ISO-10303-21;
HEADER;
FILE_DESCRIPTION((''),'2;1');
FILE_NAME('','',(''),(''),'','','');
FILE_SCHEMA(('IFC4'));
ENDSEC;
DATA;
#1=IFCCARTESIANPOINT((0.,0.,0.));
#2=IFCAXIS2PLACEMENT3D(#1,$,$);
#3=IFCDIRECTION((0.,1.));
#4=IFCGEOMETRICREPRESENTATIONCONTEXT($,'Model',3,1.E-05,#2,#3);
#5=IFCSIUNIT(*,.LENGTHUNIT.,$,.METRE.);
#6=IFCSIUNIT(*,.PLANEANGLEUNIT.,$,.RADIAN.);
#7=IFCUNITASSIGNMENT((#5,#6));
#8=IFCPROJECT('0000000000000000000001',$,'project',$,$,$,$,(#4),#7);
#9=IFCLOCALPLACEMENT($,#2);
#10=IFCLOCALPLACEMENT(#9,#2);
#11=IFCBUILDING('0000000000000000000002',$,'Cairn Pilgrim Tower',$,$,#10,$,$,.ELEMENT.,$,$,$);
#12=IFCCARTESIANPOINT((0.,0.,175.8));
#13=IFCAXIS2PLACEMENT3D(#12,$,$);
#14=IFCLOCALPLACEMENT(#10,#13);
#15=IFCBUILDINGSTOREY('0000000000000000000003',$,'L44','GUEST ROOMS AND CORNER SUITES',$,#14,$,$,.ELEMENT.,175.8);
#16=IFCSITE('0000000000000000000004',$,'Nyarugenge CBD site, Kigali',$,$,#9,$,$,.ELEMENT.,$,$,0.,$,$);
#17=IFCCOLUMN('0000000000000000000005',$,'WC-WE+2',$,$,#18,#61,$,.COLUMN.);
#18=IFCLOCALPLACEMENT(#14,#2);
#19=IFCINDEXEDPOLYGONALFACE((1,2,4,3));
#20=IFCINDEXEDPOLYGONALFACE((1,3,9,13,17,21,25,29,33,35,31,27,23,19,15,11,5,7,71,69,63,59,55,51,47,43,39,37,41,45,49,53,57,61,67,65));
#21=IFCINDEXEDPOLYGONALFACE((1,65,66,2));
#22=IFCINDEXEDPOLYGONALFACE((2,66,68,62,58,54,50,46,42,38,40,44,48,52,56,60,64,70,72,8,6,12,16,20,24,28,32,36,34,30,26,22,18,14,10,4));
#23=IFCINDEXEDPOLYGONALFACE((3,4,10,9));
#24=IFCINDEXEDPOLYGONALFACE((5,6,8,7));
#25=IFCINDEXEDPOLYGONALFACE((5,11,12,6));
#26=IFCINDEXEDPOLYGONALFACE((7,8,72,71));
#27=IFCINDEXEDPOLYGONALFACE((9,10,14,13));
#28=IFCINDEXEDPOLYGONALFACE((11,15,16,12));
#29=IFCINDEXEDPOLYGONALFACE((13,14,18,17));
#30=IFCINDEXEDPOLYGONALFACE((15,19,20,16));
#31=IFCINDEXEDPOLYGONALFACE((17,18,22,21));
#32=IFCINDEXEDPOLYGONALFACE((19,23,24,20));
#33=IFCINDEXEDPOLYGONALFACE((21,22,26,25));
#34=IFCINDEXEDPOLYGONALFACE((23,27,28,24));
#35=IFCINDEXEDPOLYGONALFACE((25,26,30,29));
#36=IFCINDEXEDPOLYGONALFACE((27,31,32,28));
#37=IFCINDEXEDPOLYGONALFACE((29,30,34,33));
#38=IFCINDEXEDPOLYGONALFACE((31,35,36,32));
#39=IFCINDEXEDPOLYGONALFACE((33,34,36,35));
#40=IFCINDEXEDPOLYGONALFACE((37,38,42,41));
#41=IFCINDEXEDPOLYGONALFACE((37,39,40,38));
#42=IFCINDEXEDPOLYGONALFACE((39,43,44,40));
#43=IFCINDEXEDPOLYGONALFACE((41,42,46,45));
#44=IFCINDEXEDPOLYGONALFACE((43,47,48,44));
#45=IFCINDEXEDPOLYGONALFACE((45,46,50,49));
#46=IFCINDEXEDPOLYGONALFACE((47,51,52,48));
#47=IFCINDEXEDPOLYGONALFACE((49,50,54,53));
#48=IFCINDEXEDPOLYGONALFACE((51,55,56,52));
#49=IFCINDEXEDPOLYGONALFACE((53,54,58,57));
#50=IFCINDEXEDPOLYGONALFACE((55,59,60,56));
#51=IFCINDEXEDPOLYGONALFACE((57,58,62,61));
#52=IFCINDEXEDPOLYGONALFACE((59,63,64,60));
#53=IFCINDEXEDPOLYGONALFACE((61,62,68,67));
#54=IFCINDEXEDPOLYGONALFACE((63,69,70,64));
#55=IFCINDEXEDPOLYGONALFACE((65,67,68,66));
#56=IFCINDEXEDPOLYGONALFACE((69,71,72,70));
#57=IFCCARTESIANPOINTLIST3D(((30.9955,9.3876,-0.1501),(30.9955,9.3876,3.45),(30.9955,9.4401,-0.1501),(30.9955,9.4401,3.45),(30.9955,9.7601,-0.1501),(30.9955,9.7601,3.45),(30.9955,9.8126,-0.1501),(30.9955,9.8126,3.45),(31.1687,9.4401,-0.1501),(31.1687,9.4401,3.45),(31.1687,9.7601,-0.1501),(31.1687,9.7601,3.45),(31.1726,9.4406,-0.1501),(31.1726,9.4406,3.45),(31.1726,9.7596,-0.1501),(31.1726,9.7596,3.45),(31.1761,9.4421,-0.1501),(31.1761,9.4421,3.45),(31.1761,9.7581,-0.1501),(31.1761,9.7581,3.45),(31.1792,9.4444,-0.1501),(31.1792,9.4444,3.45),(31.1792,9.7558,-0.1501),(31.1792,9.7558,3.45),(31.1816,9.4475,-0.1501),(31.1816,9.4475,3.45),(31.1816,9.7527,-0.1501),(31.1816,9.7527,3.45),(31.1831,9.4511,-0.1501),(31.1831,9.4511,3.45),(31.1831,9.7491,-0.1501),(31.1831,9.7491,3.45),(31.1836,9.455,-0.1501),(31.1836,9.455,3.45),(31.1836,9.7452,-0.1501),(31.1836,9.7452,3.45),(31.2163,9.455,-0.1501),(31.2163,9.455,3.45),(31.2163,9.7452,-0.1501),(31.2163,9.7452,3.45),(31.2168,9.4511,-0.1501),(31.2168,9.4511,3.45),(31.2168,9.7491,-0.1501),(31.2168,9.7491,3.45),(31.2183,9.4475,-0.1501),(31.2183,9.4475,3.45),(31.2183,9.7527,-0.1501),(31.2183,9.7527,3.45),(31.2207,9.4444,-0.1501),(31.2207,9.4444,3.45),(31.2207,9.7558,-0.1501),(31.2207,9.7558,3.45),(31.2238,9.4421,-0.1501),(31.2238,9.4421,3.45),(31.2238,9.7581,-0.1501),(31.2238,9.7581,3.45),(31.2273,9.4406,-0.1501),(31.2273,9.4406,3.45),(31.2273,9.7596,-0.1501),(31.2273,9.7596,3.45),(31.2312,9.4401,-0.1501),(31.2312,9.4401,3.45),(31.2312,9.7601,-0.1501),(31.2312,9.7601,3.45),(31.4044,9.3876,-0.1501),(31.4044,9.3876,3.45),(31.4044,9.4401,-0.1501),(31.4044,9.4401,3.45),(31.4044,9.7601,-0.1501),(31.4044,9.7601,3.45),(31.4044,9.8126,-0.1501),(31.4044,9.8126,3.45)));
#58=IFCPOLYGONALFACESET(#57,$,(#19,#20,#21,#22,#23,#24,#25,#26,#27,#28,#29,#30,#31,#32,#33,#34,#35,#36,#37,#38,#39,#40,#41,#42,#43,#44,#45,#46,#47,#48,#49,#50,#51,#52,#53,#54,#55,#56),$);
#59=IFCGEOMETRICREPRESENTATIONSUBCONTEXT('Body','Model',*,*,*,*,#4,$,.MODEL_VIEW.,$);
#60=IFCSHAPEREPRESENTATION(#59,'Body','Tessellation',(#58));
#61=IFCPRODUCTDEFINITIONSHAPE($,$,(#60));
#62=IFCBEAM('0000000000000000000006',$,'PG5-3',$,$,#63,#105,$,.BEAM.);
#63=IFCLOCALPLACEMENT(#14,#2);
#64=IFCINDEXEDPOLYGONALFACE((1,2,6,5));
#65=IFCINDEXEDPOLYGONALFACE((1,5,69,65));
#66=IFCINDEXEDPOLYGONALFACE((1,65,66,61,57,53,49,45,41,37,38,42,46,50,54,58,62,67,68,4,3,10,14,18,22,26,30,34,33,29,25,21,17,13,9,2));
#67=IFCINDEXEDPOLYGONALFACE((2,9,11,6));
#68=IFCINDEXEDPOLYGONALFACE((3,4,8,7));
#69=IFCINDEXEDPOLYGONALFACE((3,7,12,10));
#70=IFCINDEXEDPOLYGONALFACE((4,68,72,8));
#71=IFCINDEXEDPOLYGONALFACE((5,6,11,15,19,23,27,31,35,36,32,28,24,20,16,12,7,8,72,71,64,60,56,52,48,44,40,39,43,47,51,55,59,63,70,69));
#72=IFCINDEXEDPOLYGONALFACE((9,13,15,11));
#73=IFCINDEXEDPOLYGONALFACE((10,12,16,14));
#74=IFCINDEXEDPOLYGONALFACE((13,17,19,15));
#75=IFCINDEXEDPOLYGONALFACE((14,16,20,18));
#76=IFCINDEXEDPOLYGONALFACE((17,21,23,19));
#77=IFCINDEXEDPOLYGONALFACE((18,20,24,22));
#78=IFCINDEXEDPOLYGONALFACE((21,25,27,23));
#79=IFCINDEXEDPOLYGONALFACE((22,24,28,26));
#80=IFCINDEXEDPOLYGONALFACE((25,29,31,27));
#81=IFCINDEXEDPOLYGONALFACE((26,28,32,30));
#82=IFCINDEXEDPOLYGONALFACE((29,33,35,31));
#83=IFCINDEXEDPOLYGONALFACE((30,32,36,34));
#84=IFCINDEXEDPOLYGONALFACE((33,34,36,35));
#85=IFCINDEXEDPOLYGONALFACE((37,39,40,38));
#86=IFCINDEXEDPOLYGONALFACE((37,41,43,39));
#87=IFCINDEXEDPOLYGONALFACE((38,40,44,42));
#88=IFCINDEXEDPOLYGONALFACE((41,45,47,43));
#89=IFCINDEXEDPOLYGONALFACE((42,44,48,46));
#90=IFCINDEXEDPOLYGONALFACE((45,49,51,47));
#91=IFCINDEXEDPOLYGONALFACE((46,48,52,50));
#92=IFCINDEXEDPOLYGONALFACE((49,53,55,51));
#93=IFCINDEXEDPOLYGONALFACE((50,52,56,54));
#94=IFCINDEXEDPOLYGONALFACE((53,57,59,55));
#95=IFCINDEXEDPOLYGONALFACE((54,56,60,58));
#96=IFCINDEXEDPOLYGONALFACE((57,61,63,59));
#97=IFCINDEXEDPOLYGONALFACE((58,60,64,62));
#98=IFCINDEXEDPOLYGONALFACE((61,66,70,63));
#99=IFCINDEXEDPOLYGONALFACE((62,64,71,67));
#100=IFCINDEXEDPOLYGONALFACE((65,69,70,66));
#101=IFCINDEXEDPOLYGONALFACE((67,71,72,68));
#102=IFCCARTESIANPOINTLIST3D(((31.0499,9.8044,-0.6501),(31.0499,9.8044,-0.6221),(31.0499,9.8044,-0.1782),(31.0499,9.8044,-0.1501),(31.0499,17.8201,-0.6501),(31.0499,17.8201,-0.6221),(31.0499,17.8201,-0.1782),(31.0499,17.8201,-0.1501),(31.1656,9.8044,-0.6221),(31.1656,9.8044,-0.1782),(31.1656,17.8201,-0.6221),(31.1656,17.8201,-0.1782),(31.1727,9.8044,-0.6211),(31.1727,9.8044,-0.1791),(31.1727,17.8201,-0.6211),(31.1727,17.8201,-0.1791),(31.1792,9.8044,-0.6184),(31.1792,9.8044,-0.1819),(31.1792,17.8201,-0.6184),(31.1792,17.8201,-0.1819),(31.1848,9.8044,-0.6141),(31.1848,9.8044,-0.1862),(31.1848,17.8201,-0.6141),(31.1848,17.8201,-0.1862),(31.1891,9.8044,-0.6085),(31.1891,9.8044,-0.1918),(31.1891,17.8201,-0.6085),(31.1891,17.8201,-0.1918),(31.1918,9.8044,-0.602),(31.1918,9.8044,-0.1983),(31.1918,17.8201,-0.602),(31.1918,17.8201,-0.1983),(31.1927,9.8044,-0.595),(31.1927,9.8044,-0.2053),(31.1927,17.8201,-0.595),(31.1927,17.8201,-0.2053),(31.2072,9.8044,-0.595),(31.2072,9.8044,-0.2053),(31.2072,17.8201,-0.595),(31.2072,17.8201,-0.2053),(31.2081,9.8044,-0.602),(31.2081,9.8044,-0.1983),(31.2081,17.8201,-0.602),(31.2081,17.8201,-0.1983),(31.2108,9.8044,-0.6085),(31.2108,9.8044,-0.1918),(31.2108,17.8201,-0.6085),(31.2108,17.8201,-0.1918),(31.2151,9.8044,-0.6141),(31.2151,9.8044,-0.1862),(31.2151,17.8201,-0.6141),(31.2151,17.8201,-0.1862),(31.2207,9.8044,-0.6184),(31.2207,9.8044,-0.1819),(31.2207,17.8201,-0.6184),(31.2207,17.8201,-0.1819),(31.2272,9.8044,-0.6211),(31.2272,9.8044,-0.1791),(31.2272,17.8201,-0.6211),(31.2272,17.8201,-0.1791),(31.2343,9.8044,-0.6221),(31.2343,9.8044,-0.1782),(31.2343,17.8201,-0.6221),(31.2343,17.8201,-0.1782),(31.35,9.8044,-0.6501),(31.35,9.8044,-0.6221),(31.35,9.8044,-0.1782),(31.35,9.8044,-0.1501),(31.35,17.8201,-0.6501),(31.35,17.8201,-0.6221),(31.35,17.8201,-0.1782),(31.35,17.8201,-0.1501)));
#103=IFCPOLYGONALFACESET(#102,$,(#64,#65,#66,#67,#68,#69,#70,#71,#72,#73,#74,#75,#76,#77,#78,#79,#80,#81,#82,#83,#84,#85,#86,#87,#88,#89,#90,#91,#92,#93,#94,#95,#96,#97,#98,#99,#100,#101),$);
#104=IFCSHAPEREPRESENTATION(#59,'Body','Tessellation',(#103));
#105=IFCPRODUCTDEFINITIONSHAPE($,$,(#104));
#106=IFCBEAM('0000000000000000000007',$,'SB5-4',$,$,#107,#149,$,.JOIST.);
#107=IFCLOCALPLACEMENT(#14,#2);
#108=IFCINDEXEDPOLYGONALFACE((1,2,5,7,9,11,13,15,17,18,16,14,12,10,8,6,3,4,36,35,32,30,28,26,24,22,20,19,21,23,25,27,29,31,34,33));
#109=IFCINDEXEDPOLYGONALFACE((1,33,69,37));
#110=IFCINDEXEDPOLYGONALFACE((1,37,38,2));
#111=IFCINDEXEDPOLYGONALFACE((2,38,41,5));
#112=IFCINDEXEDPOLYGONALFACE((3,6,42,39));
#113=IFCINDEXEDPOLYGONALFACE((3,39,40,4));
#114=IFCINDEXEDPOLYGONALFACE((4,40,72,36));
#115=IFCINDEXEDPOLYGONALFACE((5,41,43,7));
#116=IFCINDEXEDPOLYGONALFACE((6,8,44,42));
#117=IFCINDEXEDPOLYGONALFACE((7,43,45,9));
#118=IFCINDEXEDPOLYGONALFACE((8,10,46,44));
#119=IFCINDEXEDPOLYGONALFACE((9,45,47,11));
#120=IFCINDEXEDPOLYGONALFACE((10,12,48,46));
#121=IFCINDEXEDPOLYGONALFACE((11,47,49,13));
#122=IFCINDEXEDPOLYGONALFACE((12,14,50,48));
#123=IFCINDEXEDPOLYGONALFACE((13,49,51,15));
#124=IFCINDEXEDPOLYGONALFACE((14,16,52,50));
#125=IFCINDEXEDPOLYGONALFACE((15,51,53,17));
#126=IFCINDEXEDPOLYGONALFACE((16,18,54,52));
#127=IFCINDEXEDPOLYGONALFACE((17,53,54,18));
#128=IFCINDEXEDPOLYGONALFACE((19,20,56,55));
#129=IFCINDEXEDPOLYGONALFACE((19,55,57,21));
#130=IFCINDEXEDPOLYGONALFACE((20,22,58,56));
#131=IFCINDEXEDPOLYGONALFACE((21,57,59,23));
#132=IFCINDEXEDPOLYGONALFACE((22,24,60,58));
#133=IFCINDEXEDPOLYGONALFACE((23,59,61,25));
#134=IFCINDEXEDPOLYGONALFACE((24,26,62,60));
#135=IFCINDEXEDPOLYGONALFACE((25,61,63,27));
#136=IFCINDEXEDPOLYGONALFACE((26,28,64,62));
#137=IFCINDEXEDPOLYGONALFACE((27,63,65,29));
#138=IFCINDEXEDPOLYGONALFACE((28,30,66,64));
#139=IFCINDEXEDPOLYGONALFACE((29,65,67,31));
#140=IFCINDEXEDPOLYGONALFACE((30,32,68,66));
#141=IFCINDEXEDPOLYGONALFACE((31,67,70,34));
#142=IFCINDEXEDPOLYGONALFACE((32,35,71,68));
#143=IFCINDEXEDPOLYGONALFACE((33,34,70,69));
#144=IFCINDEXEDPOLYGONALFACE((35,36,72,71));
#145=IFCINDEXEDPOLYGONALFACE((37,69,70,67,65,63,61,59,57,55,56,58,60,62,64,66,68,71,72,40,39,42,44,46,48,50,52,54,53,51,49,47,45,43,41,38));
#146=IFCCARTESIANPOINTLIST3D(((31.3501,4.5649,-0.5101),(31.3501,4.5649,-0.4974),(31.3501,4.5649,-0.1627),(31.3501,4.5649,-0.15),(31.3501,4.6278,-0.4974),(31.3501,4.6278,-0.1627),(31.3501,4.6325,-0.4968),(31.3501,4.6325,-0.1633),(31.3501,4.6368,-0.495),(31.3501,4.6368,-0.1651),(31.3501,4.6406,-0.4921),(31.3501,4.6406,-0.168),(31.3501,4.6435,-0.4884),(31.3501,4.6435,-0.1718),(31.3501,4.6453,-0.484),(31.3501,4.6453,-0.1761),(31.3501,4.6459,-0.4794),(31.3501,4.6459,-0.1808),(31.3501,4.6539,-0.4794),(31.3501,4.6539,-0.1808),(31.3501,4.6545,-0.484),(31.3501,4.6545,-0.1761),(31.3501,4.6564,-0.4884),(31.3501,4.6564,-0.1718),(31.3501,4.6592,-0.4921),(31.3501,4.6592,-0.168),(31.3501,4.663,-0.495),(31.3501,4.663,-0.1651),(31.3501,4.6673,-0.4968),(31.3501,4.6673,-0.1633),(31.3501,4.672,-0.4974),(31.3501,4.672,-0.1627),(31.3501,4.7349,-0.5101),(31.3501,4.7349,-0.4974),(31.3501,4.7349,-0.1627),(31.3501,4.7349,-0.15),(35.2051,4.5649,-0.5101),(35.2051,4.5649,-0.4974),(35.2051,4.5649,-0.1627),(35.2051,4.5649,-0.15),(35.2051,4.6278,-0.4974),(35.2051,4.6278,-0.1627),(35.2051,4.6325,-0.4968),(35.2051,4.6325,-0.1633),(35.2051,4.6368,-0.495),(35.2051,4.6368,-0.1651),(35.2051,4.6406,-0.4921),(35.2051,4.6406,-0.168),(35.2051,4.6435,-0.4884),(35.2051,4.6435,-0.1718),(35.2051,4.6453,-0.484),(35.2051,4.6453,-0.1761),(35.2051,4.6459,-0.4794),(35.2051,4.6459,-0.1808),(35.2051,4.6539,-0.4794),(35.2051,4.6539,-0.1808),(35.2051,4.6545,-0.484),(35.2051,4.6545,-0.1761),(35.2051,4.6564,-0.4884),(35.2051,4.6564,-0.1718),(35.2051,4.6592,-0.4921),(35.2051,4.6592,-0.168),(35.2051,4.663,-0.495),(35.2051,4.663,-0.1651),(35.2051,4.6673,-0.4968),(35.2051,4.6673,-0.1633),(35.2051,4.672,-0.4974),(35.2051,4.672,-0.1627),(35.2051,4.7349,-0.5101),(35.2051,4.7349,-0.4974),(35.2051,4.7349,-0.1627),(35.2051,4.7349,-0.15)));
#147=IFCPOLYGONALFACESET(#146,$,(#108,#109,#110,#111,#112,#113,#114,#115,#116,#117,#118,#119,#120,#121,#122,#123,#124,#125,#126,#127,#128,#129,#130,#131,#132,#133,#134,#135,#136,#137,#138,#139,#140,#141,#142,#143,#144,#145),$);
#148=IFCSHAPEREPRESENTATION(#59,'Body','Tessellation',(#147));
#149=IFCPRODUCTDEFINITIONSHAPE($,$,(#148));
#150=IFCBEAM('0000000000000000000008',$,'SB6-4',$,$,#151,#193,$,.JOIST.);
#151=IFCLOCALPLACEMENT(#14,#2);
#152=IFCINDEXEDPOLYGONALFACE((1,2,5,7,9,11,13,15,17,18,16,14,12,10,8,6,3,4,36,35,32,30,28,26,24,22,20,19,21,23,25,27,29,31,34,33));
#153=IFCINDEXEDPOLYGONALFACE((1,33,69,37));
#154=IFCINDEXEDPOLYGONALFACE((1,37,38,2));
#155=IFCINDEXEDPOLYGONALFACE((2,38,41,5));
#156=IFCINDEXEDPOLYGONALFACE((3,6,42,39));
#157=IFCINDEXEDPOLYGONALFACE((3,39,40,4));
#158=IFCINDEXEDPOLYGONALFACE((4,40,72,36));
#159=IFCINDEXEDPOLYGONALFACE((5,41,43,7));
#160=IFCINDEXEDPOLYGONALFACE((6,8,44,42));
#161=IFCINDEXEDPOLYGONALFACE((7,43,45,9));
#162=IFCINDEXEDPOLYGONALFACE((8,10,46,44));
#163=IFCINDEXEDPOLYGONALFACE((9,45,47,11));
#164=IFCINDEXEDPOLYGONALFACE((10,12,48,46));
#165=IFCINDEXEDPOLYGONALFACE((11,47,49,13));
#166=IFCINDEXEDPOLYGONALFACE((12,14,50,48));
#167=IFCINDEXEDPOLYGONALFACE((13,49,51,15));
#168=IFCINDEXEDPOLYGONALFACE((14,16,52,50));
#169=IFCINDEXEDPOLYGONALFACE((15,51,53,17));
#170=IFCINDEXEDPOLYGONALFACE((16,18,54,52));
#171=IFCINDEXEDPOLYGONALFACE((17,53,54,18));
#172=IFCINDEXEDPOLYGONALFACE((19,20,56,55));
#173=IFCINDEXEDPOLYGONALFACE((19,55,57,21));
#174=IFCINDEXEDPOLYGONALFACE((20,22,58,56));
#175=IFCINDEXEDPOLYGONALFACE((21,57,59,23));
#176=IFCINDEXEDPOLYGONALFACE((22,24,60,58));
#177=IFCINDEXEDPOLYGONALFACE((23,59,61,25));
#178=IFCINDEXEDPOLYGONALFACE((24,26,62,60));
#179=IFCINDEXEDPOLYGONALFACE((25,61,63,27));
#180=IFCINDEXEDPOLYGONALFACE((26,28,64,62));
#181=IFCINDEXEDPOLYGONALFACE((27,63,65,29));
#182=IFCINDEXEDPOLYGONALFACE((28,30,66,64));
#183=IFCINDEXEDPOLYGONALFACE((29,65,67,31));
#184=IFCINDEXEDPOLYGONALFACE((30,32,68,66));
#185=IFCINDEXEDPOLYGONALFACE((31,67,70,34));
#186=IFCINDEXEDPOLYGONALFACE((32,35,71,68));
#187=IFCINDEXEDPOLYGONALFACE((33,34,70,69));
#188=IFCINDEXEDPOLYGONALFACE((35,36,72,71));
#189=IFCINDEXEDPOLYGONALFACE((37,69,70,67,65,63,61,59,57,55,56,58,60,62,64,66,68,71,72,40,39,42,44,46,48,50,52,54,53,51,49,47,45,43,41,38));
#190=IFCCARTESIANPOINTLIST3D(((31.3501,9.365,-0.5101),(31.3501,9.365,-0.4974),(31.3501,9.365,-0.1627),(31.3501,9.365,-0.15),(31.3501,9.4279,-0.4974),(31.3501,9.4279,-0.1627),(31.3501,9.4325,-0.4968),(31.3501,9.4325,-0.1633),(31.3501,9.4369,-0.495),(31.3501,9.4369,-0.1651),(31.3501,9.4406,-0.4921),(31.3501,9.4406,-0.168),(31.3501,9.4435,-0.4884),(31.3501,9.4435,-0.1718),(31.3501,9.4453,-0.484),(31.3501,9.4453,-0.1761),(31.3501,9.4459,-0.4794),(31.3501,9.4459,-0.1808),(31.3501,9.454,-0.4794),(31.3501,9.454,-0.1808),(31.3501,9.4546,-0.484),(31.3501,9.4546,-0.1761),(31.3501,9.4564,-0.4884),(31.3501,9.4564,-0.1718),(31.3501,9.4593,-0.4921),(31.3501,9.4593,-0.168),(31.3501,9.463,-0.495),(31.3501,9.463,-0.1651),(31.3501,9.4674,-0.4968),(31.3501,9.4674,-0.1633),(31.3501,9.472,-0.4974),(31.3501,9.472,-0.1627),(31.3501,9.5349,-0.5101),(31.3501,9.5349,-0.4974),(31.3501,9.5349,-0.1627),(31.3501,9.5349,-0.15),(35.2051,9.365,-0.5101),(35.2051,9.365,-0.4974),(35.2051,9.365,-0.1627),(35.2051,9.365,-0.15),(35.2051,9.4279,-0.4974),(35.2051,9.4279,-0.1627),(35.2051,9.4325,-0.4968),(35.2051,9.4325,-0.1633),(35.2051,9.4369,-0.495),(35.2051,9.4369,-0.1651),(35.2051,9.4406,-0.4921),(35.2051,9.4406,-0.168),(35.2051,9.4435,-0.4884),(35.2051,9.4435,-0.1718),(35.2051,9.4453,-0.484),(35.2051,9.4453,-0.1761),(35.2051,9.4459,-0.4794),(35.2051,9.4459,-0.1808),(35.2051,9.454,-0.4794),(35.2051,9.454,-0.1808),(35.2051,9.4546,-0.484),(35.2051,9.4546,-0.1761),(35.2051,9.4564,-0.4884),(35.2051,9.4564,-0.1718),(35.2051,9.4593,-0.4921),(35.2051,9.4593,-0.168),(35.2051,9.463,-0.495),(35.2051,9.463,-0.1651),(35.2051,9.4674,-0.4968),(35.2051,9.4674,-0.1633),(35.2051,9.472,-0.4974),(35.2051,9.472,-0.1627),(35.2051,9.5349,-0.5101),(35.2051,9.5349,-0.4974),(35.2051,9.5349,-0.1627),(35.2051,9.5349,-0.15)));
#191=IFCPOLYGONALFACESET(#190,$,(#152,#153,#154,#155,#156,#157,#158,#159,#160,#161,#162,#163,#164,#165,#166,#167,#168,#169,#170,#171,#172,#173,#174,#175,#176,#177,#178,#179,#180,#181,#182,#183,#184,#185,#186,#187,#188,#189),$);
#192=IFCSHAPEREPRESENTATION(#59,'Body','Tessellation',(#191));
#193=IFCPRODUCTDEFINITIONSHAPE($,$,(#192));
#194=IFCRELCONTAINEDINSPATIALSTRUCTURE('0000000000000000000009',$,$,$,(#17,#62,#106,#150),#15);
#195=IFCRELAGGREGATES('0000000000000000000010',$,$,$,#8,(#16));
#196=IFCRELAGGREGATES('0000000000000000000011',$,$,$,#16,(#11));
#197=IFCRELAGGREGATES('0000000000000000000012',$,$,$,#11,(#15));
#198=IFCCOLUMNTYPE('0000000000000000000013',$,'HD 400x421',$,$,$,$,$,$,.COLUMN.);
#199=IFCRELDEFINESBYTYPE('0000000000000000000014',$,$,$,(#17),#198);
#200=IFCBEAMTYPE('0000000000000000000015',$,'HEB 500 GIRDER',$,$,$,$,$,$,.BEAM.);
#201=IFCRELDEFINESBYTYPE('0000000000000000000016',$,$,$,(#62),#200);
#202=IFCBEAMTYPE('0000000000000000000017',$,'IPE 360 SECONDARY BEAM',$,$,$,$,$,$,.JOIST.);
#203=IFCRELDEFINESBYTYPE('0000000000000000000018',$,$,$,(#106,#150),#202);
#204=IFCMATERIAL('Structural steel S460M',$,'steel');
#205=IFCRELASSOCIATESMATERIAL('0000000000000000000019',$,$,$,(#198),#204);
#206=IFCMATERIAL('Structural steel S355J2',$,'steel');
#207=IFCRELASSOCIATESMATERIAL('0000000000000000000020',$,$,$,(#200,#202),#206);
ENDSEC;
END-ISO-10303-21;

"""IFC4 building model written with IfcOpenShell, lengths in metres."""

from ifc_helpers import new_model, si_unit, direction, frame, origin, origin_2d, place, context, subcontext, project, spatial, i_section, extrude, material, material_profile, profile_set, type_object, element, save


model = new_model("IFC4")

# Units and contexts
model_context = context("Model", 3, precision=1e-05, world=origin(), true_north=direction((0.0, 1.0)))
body_context = subcontext(model_context, "Body", "Model", "MODEL_VIEW")
ifc_project = project(units=[si_unit("LENGTHUNIT", "METRE"), si_unit("PLANEANGLEUNIT", "RADIAN")], contexts=[model_context])

# Site, building, storey
site_placement = place(None, origin())
site = spatial("IfcSite", under=ifc_project, at=site_placement, Name="Nyarugenge CBD site, Kigali", CompositionType="ELEMENT", RefElevation=0.0)
building_placement = place(site_placement, origin())
building = spatial("IfcBuilding", under=site, at=building_placement, Name="Cairn Pilgrim Tower", CompositionType="ELEMENT")
storey_placement = place(building_placement, frame((0.0, 0.0, 175.8)))
storey = spatial("IfcBuildingStorey", under=building, at=storey_placement, Name="L44", Description="GUEST ROOMS AND CORNER SUITES", CompositionType="ELEMENT", Elevation=175.8)

# Column
ifc_material_1 = material(Name="Structural steel S460M", Category="steel")
ifc_material_profile_1 = material_profile(ifc_material_1, i_section(OverallWidth=0.4089, OverallDepth=0.425, WebThickness=0.0327, FlangeThickness=0.0525, FilletRadius=0.0149, at=origin_2d()), Name="HD 400x421")
ifc_profile_set_1 = profile_set([ifc_material_profile_1], Name="Structural steel S460M")
column_type = type_object("IfcColumnType", Name="HD 400x421", PredefinedType="COLUMN", material=ifc_profile_set_1)
column_placement = place(storey_placement, frame((31.2, 9.6001, -0.1501), z_axis=(0.0, 0.0, 1.0), x_axis=(1.0, 0.0, 0.0)))
element("IfcColumn", 1, at=column_placement, inside=storey, type_object=column_type, Name="WC-WE+2", PredefinedType="COLUMN", context=body_context, shape_type="SweptSolid", body=[
    extrude(i_section(OverallWidth=0.4089, OverallDepth=0.425, WebThickness=0.0327, FlangeThickness=0.0525, FilletRadius=0.0149, at=origin_2d()), origin(), (0.0, 0.0, 1.0), 3.6001),
])

# Beams
ifc_material_2 = material(Name="Structural steel S355J2", Category="steel")
ifc_material_profile_2 = material_profile(ifc_material_2, i_section(OverallWidth=0.3, OverallDepth=0.5, WebThickness=0.0144, FlangeThickness=0.0281, FilletRadius=0.0271, at=origin_2d()), Name="HEB 500")
ifc_profile_set_2 = profile_set([ifc_material_profile_2], Name="Structural steel S355J2")
beam_type_1 = type_object("IfcBeamType", Name="HEB 500 GIRDER", PredefinedType="BEAM", material=ifc_profile_set_2)
beam_1_placement = place(storey_placement, frame((31.2, 9.8044, -0.4001), z_axis=(0.0, 1.0, 0.0), x_axis=(-1.0, 0.0, 0.0)))
element("IfcBeam", 2, at=beam_1_placement, inside=storey, type_object=beam_type_1, Name="PG5-3", PredefinedType="BEAM", context=body_context, shape_type="SweptSolid", body=[
    extrude(i_section(OverallWidth=0.3, OverallDepth=0.5, WebThickness=0.0144, FlangeThickness=0.0281, FilletRadius=0.0271, at=origin_2d()), origin(), (0.0, 0.0, 1.0), 8.0156),
])
ifc_material_profile_3 = material_profile(ifc_material_2, i_section(OverallWidth=0.1699, OverallDepth=0.3601, WebThickness=0.0081, FlangeThickness=0.0127, FilletRadius=0.0181, at=origin_2d()), Name="IPE 360")
ifc_profile_set_3 = profile_set([ifc_material_profile_3], Name="Structural steel S355J2")
beam_type_2 = type_object("IfcBeamType", Name="IPE 360 SECONDARY BEAM", PredefinedType="JOIST", material=ifc_profile_set_3)
for number, where, z_axis, x_axis, name in (
    (3, (31.3501, 4.6499, -0.3301), (1.0, 0.0, 0.0), (0.0, 1.0, 0.0), "SB5-4"),
    (4, (31.3501, 9.45, -0.3301), (1.0, 0.0, 0.0), (0.0, 1.0, 0.0), "SB6-4"),
):
    element("IfcBeam", number, at=place(storey_placement, frame(where, z_axis=z_axis, x_axis=x_axis)), inside=storey, type_object=beam_type_2, Name=name, PredefinedType="JOIST", context=body_context, shape_type="SweptSolid", body=[
        extrude(i_section(OverallWidth=0.1699, OverallDepth=0.3601, WebThickness=0.0081, FlangeThickness=0.0127, FilletRadius=0.0181, at=origin_2d()), origin(), (0.0, 0.0, 1.0), 3.855),
    ])

save(model, "model.ifc")
